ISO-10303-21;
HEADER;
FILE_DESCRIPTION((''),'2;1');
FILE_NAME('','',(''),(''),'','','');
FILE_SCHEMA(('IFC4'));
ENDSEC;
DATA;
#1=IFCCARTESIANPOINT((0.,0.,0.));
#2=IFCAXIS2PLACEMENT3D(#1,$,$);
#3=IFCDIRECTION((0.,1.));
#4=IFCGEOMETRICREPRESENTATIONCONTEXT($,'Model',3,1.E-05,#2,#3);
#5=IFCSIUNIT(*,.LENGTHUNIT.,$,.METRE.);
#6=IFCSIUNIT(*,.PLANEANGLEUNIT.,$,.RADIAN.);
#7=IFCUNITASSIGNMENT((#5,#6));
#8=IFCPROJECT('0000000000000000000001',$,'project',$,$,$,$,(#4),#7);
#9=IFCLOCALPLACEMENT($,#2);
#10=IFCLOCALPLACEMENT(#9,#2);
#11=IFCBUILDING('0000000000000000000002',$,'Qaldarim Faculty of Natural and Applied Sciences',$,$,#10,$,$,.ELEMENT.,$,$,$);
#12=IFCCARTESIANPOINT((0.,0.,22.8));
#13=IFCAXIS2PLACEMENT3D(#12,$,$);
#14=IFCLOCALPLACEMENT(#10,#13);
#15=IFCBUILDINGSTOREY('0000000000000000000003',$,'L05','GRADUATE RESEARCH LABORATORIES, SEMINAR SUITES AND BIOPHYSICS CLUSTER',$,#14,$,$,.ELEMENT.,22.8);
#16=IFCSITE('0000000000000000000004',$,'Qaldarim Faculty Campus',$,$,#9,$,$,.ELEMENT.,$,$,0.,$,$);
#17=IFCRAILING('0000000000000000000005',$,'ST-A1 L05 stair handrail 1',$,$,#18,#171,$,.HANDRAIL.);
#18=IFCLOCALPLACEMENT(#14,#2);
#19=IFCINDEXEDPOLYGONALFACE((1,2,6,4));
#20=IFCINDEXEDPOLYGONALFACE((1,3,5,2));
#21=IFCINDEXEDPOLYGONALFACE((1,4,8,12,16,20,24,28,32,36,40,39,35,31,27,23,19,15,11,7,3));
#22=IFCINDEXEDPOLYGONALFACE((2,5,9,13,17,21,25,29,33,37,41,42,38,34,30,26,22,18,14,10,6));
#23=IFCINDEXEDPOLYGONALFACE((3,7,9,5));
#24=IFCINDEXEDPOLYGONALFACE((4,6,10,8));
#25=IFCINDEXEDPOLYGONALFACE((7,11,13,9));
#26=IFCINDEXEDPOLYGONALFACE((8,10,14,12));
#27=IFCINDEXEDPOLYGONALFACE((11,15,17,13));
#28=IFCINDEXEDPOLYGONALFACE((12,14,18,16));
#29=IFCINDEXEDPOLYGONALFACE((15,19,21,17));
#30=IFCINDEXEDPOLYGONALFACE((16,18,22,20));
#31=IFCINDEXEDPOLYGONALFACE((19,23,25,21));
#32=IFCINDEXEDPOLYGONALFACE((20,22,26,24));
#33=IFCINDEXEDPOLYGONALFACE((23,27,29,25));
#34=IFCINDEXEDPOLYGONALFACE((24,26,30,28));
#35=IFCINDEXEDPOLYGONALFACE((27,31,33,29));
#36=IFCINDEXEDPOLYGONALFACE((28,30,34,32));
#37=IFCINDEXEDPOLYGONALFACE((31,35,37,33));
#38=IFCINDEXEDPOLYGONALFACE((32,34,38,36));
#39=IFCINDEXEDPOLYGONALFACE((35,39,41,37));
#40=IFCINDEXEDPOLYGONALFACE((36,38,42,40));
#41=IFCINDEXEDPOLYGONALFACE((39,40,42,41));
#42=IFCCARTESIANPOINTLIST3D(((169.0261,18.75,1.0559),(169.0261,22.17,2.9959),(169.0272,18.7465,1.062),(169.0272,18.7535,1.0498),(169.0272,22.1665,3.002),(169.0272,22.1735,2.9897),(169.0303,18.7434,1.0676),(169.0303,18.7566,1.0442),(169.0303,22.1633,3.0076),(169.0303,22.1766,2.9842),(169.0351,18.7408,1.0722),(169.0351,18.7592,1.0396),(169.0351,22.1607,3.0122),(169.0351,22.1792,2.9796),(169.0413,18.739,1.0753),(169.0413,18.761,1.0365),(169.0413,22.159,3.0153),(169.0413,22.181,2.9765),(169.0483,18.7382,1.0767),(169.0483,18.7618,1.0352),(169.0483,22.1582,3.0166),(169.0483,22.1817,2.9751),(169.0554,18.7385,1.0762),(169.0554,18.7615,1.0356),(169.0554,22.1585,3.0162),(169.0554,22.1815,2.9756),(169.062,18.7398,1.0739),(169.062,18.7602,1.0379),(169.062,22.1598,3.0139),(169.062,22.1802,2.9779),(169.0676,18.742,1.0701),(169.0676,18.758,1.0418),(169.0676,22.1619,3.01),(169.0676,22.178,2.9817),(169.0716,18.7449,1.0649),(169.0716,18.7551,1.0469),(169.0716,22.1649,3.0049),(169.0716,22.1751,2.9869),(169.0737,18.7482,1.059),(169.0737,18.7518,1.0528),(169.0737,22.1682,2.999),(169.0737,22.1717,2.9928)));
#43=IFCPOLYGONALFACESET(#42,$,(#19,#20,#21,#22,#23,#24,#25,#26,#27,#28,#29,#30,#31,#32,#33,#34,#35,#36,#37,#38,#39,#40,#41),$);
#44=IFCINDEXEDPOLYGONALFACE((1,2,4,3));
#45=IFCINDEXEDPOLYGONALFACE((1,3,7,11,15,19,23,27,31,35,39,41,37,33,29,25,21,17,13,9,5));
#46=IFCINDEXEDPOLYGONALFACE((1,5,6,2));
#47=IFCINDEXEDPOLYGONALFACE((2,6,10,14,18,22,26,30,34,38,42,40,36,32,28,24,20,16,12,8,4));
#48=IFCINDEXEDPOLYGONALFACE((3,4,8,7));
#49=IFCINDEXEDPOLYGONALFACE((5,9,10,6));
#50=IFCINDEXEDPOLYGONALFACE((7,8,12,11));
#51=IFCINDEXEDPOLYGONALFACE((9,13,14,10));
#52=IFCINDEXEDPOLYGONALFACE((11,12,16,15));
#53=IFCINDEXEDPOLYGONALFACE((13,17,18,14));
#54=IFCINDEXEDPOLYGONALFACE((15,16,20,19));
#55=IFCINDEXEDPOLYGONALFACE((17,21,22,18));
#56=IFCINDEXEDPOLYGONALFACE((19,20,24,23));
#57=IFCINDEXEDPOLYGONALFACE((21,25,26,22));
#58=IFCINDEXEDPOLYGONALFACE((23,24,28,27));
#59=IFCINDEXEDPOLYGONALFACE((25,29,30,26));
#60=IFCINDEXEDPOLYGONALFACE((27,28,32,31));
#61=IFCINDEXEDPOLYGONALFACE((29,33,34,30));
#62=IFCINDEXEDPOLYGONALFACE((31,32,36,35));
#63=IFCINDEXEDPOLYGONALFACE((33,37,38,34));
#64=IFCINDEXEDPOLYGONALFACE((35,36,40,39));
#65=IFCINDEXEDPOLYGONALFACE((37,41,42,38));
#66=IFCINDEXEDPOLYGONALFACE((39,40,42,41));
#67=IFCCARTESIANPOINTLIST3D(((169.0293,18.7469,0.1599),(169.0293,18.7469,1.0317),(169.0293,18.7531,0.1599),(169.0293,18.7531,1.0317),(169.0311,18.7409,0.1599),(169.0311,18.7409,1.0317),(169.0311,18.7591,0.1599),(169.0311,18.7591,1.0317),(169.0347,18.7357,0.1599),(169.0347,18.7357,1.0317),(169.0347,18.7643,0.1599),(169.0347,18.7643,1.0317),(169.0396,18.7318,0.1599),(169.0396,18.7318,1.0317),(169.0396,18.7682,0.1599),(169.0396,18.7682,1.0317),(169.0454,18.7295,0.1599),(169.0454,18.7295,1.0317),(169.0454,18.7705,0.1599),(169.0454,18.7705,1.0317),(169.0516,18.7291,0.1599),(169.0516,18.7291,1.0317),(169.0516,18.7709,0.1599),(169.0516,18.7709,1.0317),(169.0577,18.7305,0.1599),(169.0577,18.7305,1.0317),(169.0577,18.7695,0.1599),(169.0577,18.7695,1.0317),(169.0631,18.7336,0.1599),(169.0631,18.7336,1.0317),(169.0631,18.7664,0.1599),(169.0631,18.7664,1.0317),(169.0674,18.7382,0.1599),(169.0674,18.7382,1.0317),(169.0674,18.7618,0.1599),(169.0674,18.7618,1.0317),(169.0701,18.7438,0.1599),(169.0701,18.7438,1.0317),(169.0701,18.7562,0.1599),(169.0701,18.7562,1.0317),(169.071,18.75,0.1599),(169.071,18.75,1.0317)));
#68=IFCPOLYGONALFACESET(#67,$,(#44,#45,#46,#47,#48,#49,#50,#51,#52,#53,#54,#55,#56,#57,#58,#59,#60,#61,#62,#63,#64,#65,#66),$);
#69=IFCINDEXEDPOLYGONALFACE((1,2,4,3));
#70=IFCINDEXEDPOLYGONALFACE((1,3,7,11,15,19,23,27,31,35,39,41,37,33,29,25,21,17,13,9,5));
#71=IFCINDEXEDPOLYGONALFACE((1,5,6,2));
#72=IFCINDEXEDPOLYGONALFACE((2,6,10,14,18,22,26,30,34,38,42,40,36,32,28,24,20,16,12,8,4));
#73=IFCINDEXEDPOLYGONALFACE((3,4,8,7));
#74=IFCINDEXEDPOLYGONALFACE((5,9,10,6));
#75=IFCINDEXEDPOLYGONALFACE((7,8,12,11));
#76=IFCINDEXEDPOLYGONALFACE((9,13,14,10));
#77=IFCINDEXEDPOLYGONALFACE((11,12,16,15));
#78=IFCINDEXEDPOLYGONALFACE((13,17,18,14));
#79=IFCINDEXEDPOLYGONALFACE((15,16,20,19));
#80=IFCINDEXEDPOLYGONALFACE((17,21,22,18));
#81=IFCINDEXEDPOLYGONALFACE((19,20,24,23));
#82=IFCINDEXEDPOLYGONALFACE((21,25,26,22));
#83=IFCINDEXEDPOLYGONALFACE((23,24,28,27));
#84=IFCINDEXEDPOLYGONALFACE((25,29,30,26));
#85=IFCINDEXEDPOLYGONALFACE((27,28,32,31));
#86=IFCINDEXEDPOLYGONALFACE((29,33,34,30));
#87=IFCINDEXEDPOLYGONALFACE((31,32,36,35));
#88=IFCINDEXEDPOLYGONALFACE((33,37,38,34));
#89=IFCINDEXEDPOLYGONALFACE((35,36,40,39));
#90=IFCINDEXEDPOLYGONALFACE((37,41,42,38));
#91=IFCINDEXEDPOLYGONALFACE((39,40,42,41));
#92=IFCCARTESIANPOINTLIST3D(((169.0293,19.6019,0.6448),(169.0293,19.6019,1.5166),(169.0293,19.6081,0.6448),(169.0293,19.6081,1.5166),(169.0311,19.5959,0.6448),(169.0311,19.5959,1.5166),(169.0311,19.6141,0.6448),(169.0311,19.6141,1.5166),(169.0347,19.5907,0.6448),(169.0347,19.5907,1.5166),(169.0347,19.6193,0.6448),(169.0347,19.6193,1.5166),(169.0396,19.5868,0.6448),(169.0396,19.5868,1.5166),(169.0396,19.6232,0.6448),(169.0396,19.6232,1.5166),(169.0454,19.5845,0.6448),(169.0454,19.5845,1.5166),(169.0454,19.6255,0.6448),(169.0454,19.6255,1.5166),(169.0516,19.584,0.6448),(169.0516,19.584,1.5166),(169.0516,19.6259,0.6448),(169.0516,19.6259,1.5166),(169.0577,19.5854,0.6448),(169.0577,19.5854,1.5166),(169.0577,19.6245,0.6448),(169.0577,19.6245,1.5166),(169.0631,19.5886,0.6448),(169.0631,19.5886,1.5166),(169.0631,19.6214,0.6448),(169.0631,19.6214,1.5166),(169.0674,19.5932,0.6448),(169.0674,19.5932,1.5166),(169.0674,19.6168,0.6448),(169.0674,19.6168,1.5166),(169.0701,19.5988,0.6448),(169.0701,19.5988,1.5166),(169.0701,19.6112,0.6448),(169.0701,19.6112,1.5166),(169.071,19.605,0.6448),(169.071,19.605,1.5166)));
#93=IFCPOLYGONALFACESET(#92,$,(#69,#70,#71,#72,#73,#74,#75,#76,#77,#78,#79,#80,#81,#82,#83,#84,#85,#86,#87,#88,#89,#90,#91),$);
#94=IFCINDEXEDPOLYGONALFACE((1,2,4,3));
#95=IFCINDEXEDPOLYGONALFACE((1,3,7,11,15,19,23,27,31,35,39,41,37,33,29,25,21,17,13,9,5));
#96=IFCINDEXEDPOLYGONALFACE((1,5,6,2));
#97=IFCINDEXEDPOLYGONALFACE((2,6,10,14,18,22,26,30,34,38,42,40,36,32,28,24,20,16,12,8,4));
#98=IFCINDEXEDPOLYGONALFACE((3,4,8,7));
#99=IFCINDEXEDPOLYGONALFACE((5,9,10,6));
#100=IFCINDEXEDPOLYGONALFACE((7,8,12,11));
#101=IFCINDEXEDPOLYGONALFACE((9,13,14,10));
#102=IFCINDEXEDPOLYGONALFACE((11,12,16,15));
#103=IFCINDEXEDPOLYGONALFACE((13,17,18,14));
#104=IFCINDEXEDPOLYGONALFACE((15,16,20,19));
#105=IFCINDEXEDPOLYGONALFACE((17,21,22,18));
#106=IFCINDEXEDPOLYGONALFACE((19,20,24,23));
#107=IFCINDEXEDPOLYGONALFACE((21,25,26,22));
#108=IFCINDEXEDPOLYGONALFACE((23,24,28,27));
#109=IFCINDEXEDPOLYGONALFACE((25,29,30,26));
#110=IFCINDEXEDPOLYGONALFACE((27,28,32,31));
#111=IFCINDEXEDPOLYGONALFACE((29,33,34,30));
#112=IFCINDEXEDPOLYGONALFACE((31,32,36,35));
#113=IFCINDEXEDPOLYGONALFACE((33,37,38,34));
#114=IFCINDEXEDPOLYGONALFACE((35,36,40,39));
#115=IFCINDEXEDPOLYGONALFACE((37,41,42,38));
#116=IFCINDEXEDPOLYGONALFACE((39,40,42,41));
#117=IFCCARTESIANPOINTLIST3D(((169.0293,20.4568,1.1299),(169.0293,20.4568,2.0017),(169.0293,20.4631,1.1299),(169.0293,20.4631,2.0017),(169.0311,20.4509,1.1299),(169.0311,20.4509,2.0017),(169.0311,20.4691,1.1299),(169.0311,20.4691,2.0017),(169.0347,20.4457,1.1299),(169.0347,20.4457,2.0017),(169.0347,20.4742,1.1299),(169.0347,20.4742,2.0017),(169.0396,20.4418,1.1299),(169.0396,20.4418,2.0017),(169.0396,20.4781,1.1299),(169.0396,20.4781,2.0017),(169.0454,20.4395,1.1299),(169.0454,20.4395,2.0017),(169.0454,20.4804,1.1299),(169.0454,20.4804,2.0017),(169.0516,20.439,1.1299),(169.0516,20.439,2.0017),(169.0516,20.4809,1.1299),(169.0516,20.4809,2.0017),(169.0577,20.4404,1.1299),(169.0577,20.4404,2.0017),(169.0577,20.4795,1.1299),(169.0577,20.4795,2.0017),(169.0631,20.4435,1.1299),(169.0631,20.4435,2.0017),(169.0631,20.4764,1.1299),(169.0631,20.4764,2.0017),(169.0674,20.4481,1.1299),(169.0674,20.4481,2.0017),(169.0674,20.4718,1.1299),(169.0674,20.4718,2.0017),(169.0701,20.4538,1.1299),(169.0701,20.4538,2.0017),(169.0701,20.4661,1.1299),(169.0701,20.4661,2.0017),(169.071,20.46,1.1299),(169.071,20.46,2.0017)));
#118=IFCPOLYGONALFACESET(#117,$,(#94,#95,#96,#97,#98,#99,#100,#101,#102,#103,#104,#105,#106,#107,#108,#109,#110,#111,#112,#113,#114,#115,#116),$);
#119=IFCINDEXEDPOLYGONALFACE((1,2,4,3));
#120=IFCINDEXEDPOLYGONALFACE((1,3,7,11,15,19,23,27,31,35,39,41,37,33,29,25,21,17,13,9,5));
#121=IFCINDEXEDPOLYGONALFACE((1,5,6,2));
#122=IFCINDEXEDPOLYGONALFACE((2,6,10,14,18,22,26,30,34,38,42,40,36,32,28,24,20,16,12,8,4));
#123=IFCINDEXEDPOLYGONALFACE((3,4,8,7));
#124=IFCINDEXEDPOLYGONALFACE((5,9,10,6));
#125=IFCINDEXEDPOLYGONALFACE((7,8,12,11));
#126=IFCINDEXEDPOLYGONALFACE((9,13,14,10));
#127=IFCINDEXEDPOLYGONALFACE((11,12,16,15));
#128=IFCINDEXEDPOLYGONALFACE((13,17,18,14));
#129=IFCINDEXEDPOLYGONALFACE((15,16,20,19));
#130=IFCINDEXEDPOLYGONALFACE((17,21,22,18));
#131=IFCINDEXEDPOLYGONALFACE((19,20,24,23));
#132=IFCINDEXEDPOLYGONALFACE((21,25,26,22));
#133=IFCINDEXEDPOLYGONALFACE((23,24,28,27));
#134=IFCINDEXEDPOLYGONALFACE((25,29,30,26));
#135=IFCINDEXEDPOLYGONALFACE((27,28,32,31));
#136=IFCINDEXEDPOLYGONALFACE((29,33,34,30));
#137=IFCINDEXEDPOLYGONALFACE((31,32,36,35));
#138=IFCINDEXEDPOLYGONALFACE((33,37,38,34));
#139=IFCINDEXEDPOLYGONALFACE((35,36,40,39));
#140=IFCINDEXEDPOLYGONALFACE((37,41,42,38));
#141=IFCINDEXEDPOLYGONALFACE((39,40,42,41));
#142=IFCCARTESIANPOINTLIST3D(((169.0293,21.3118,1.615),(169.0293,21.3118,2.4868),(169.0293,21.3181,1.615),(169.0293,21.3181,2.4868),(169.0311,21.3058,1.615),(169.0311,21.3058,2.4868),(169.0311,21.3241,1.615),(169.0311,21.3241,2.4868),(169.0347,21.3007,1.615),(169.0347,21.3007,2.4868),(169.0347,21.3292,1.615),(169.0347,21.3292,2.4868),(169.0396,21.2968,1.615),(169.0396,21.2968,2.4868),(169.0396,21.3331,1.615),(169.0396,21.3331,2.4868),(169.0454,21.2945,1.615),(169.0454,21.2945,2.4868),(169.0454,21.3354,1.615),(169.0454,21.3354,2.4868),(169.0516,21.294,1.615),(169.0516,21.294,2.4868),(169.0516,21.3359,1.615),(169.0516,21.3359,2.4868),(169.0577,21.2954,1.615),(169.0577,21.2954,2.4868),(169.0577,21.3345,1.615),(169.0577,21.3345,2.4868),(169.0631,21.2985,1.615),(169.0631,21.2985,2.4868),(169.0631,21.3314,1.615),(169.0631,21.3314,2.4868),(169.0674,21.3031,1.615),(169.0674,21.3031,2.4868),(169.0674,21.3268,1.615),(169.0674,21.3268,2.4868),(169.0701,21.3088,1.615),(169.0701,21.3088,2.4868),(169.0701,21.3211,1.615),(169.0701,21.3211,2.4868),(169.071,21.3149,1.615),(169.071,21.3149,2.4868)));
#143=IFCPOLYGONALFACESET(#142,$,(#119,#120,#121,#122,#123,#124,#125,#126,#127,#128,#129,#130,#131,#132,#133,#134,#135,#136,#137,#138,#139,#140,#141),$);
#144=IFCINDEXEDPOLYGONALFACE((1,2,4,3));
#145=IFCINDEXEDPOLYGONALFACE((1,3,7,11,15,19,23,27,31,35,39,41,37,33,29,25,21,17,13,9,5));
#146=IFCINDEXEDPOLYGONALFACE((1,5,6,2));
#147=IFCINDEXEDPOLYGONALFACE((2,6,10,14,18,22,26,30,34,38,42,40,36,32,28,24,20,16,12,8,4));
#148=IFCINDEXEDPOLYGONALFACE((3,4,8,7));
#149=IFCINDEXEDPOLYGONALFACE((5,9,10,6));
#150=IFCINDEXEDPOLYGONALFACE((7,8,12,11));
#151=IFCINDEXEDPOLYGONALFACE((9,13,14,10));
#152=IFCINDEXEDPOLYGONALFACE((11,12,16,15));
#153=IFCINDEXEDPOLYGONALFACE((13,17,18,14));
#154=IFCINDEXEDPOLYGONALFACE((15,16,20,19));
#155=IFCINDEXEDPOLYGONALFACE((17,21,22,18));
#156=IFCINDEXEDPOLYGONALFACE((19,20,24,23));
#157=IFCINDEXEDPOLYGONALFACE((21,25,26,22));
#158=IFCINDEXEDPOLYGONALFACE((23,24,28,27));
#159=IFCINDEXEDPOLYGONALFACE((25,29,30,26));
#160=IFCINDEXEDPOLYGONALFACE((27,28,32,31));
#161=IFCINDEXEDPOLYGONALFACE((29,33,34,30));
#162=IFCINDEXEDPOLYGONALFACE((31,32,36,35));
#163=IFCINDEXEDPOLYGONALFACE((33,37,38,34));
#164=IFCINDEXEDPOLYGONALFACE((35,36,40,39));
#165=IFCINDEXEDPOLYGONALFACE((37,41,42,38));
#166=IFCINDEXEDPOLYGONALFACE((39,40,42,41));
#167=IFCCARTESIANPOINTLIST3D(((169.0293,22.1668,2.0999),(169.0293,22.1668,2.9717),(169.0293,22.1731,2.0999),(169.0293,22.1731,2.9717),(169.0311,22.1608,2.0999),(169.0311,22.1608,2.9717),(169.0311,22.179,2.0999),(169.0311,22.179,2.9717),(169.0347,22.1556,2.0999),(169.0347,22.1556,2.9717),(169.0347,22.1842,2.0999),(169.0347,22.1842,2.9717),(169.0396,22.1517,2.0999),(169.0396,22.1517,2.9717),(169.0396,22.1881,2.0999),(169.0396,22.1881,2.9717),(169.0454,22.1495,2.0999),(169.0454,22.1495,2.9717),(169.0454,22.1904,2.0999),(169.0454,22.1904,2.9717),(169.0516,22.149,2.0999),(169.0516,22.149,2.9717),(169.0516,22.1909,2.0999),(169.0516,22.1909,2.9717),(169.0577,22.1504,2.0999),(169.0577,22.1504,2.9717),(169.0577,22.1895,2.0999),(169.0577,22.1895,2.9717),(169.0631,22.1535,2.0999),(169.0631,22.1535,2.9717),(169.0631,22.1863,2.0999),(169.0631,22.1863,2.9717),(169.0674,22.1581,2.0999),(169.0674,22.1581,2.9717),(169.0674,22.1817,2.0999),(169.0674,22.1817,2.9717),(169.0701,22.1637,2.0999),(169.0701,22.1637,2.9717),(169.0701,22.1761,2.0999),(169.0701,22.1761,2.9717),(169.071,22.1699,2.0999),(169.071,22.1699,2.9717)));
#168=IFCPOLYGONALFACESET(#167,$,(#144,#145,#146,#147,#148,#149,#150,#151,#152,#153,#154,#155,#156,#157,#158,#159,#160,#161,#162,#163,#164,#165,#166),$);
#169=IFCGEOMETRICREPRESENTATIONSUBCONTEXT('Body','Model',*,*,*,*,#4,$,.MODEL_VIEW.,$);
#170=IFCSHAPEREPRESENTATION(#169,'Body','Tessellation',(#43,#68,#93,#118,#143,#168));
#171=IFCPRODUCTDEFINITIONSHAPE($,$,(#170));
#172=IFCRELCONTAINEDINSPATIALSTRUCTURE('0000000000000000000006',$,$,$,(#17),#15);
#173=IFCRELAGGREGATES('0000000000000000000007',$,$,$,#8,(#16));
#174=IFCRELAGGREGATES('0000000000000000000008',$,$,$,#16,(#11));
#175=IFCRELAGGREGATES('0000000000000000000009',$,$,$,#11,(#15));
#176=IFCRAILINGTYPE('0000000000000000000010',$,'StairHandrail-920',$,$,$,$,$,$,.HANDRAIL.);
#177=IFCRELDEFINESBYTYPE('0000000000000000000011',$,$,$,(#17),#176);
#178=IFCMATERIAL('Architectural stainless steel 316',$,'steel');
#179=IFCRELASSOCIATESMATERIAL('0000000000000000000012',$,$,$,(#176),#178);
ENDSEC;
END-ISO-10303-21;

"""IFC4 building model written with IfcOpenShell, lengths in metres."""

from ifc_helpers import new_model, si_unit, direction, frame, origin, origin_2d, place, context, subcontext, project, spatial, circle, extrude, material, type_object, element, save


model = new_model("IFC4")

# Units and contexts
model_context = context("Model", 3, precision=1e-05, world=origin(), true_north=direction((0.0, 1.0)))
body_context = subcontext(model_context, "Body", "Model", "MODEL_VIEW")
ifc_project = project(units=[si_unit("LENGTHUNIT", "METRE"), si_unit("PLANEANGLEUNIT", "RADIAN")], contexts=[model_context])

# Site, building, storey
site_placement = place(None, origin())
site = spatial("IfcSite", under=ifc_project, at=site_placement, Name="Qaldarim Faculty Campus", CompositionType="ELEMENT", RefElevation=0.0)
building_placement = place(site_placement, origin())
building = spatial("IfcBuilding", under=site, at=building_placement, Name="Qaldarim Faculty of Natural and Applied Sciences", CompositionType="ELEMENT")
storey_placement = place(building_placement, frame((0.0, 0.0, 22.8)))
storey = spatial("IfcBuildingStorey", under=building, at=storey_placement, Name="L05", Description="GRADUATE RESEARCH LABORATORIES, SEMINAR SUITES AND BIOPHYSICS CLUSTER", CompositionType="ELEMENT", Elevation=22.8)

# Shared definitions
ifc_material_1 = material(Name="Architectural stainless steel 316", Category="steel")

# Railing
railing_type_1 = type_object("IfcRailingType", Name="StairHandrail-920", PredefinedType="HANDRAIL", material=ifc_material_1)
railing_1_placement = place(storey_placement, frame((169.05, 18.75, 0.1599)))
element("IfcRailing", 1, at=railing_1_placement, inside=storey, type_object=railing_type_1, Name="ST-A1 L05 stair handrail 1", PredefinedType="HANDRAIL", context=body_context, shape_type="SweptSolid", body=[
    extrude(circle(Radius=0.0239, at=origin_2d()), frame((0.0, 0.0, 0.896), z_axis=(0.0, 0.869805, 0.493395), x_axis=(-1.0, 0.0, 0.0)), (0.0, 0.0, 1.0), 3.9319),
    extrude(circle(Radius=0.021, at=origin_2d()), origin(), (0.0, 0.0, 1.0), 0.8718),
    extrude(circle(Radius=0.021, at=origin_2d()), frame((0.0, 0.855, 0.4849)), (0.0, 0.0, 1.0), 0.8718),
    extrude(circle(Radius=0.021, at=origin_2d()), frame((0.0, 1.71, 0.97)), (0.0, 0.0, 1.0), 0.8718),
    extrude(circle(Radius=0.021, at=origin_2d()), frame((0.0, 2.5649, 1.4551)), (0.0, 0.0, 1.0), 0.8718),
    extrude(circle(Radius=0.021, at=origin_2d()), frame((0.0, 3.4199, 1.9399)), (0.0, 0.0, 1.0), 0.8718),
])

save(model, "model.ifc")
